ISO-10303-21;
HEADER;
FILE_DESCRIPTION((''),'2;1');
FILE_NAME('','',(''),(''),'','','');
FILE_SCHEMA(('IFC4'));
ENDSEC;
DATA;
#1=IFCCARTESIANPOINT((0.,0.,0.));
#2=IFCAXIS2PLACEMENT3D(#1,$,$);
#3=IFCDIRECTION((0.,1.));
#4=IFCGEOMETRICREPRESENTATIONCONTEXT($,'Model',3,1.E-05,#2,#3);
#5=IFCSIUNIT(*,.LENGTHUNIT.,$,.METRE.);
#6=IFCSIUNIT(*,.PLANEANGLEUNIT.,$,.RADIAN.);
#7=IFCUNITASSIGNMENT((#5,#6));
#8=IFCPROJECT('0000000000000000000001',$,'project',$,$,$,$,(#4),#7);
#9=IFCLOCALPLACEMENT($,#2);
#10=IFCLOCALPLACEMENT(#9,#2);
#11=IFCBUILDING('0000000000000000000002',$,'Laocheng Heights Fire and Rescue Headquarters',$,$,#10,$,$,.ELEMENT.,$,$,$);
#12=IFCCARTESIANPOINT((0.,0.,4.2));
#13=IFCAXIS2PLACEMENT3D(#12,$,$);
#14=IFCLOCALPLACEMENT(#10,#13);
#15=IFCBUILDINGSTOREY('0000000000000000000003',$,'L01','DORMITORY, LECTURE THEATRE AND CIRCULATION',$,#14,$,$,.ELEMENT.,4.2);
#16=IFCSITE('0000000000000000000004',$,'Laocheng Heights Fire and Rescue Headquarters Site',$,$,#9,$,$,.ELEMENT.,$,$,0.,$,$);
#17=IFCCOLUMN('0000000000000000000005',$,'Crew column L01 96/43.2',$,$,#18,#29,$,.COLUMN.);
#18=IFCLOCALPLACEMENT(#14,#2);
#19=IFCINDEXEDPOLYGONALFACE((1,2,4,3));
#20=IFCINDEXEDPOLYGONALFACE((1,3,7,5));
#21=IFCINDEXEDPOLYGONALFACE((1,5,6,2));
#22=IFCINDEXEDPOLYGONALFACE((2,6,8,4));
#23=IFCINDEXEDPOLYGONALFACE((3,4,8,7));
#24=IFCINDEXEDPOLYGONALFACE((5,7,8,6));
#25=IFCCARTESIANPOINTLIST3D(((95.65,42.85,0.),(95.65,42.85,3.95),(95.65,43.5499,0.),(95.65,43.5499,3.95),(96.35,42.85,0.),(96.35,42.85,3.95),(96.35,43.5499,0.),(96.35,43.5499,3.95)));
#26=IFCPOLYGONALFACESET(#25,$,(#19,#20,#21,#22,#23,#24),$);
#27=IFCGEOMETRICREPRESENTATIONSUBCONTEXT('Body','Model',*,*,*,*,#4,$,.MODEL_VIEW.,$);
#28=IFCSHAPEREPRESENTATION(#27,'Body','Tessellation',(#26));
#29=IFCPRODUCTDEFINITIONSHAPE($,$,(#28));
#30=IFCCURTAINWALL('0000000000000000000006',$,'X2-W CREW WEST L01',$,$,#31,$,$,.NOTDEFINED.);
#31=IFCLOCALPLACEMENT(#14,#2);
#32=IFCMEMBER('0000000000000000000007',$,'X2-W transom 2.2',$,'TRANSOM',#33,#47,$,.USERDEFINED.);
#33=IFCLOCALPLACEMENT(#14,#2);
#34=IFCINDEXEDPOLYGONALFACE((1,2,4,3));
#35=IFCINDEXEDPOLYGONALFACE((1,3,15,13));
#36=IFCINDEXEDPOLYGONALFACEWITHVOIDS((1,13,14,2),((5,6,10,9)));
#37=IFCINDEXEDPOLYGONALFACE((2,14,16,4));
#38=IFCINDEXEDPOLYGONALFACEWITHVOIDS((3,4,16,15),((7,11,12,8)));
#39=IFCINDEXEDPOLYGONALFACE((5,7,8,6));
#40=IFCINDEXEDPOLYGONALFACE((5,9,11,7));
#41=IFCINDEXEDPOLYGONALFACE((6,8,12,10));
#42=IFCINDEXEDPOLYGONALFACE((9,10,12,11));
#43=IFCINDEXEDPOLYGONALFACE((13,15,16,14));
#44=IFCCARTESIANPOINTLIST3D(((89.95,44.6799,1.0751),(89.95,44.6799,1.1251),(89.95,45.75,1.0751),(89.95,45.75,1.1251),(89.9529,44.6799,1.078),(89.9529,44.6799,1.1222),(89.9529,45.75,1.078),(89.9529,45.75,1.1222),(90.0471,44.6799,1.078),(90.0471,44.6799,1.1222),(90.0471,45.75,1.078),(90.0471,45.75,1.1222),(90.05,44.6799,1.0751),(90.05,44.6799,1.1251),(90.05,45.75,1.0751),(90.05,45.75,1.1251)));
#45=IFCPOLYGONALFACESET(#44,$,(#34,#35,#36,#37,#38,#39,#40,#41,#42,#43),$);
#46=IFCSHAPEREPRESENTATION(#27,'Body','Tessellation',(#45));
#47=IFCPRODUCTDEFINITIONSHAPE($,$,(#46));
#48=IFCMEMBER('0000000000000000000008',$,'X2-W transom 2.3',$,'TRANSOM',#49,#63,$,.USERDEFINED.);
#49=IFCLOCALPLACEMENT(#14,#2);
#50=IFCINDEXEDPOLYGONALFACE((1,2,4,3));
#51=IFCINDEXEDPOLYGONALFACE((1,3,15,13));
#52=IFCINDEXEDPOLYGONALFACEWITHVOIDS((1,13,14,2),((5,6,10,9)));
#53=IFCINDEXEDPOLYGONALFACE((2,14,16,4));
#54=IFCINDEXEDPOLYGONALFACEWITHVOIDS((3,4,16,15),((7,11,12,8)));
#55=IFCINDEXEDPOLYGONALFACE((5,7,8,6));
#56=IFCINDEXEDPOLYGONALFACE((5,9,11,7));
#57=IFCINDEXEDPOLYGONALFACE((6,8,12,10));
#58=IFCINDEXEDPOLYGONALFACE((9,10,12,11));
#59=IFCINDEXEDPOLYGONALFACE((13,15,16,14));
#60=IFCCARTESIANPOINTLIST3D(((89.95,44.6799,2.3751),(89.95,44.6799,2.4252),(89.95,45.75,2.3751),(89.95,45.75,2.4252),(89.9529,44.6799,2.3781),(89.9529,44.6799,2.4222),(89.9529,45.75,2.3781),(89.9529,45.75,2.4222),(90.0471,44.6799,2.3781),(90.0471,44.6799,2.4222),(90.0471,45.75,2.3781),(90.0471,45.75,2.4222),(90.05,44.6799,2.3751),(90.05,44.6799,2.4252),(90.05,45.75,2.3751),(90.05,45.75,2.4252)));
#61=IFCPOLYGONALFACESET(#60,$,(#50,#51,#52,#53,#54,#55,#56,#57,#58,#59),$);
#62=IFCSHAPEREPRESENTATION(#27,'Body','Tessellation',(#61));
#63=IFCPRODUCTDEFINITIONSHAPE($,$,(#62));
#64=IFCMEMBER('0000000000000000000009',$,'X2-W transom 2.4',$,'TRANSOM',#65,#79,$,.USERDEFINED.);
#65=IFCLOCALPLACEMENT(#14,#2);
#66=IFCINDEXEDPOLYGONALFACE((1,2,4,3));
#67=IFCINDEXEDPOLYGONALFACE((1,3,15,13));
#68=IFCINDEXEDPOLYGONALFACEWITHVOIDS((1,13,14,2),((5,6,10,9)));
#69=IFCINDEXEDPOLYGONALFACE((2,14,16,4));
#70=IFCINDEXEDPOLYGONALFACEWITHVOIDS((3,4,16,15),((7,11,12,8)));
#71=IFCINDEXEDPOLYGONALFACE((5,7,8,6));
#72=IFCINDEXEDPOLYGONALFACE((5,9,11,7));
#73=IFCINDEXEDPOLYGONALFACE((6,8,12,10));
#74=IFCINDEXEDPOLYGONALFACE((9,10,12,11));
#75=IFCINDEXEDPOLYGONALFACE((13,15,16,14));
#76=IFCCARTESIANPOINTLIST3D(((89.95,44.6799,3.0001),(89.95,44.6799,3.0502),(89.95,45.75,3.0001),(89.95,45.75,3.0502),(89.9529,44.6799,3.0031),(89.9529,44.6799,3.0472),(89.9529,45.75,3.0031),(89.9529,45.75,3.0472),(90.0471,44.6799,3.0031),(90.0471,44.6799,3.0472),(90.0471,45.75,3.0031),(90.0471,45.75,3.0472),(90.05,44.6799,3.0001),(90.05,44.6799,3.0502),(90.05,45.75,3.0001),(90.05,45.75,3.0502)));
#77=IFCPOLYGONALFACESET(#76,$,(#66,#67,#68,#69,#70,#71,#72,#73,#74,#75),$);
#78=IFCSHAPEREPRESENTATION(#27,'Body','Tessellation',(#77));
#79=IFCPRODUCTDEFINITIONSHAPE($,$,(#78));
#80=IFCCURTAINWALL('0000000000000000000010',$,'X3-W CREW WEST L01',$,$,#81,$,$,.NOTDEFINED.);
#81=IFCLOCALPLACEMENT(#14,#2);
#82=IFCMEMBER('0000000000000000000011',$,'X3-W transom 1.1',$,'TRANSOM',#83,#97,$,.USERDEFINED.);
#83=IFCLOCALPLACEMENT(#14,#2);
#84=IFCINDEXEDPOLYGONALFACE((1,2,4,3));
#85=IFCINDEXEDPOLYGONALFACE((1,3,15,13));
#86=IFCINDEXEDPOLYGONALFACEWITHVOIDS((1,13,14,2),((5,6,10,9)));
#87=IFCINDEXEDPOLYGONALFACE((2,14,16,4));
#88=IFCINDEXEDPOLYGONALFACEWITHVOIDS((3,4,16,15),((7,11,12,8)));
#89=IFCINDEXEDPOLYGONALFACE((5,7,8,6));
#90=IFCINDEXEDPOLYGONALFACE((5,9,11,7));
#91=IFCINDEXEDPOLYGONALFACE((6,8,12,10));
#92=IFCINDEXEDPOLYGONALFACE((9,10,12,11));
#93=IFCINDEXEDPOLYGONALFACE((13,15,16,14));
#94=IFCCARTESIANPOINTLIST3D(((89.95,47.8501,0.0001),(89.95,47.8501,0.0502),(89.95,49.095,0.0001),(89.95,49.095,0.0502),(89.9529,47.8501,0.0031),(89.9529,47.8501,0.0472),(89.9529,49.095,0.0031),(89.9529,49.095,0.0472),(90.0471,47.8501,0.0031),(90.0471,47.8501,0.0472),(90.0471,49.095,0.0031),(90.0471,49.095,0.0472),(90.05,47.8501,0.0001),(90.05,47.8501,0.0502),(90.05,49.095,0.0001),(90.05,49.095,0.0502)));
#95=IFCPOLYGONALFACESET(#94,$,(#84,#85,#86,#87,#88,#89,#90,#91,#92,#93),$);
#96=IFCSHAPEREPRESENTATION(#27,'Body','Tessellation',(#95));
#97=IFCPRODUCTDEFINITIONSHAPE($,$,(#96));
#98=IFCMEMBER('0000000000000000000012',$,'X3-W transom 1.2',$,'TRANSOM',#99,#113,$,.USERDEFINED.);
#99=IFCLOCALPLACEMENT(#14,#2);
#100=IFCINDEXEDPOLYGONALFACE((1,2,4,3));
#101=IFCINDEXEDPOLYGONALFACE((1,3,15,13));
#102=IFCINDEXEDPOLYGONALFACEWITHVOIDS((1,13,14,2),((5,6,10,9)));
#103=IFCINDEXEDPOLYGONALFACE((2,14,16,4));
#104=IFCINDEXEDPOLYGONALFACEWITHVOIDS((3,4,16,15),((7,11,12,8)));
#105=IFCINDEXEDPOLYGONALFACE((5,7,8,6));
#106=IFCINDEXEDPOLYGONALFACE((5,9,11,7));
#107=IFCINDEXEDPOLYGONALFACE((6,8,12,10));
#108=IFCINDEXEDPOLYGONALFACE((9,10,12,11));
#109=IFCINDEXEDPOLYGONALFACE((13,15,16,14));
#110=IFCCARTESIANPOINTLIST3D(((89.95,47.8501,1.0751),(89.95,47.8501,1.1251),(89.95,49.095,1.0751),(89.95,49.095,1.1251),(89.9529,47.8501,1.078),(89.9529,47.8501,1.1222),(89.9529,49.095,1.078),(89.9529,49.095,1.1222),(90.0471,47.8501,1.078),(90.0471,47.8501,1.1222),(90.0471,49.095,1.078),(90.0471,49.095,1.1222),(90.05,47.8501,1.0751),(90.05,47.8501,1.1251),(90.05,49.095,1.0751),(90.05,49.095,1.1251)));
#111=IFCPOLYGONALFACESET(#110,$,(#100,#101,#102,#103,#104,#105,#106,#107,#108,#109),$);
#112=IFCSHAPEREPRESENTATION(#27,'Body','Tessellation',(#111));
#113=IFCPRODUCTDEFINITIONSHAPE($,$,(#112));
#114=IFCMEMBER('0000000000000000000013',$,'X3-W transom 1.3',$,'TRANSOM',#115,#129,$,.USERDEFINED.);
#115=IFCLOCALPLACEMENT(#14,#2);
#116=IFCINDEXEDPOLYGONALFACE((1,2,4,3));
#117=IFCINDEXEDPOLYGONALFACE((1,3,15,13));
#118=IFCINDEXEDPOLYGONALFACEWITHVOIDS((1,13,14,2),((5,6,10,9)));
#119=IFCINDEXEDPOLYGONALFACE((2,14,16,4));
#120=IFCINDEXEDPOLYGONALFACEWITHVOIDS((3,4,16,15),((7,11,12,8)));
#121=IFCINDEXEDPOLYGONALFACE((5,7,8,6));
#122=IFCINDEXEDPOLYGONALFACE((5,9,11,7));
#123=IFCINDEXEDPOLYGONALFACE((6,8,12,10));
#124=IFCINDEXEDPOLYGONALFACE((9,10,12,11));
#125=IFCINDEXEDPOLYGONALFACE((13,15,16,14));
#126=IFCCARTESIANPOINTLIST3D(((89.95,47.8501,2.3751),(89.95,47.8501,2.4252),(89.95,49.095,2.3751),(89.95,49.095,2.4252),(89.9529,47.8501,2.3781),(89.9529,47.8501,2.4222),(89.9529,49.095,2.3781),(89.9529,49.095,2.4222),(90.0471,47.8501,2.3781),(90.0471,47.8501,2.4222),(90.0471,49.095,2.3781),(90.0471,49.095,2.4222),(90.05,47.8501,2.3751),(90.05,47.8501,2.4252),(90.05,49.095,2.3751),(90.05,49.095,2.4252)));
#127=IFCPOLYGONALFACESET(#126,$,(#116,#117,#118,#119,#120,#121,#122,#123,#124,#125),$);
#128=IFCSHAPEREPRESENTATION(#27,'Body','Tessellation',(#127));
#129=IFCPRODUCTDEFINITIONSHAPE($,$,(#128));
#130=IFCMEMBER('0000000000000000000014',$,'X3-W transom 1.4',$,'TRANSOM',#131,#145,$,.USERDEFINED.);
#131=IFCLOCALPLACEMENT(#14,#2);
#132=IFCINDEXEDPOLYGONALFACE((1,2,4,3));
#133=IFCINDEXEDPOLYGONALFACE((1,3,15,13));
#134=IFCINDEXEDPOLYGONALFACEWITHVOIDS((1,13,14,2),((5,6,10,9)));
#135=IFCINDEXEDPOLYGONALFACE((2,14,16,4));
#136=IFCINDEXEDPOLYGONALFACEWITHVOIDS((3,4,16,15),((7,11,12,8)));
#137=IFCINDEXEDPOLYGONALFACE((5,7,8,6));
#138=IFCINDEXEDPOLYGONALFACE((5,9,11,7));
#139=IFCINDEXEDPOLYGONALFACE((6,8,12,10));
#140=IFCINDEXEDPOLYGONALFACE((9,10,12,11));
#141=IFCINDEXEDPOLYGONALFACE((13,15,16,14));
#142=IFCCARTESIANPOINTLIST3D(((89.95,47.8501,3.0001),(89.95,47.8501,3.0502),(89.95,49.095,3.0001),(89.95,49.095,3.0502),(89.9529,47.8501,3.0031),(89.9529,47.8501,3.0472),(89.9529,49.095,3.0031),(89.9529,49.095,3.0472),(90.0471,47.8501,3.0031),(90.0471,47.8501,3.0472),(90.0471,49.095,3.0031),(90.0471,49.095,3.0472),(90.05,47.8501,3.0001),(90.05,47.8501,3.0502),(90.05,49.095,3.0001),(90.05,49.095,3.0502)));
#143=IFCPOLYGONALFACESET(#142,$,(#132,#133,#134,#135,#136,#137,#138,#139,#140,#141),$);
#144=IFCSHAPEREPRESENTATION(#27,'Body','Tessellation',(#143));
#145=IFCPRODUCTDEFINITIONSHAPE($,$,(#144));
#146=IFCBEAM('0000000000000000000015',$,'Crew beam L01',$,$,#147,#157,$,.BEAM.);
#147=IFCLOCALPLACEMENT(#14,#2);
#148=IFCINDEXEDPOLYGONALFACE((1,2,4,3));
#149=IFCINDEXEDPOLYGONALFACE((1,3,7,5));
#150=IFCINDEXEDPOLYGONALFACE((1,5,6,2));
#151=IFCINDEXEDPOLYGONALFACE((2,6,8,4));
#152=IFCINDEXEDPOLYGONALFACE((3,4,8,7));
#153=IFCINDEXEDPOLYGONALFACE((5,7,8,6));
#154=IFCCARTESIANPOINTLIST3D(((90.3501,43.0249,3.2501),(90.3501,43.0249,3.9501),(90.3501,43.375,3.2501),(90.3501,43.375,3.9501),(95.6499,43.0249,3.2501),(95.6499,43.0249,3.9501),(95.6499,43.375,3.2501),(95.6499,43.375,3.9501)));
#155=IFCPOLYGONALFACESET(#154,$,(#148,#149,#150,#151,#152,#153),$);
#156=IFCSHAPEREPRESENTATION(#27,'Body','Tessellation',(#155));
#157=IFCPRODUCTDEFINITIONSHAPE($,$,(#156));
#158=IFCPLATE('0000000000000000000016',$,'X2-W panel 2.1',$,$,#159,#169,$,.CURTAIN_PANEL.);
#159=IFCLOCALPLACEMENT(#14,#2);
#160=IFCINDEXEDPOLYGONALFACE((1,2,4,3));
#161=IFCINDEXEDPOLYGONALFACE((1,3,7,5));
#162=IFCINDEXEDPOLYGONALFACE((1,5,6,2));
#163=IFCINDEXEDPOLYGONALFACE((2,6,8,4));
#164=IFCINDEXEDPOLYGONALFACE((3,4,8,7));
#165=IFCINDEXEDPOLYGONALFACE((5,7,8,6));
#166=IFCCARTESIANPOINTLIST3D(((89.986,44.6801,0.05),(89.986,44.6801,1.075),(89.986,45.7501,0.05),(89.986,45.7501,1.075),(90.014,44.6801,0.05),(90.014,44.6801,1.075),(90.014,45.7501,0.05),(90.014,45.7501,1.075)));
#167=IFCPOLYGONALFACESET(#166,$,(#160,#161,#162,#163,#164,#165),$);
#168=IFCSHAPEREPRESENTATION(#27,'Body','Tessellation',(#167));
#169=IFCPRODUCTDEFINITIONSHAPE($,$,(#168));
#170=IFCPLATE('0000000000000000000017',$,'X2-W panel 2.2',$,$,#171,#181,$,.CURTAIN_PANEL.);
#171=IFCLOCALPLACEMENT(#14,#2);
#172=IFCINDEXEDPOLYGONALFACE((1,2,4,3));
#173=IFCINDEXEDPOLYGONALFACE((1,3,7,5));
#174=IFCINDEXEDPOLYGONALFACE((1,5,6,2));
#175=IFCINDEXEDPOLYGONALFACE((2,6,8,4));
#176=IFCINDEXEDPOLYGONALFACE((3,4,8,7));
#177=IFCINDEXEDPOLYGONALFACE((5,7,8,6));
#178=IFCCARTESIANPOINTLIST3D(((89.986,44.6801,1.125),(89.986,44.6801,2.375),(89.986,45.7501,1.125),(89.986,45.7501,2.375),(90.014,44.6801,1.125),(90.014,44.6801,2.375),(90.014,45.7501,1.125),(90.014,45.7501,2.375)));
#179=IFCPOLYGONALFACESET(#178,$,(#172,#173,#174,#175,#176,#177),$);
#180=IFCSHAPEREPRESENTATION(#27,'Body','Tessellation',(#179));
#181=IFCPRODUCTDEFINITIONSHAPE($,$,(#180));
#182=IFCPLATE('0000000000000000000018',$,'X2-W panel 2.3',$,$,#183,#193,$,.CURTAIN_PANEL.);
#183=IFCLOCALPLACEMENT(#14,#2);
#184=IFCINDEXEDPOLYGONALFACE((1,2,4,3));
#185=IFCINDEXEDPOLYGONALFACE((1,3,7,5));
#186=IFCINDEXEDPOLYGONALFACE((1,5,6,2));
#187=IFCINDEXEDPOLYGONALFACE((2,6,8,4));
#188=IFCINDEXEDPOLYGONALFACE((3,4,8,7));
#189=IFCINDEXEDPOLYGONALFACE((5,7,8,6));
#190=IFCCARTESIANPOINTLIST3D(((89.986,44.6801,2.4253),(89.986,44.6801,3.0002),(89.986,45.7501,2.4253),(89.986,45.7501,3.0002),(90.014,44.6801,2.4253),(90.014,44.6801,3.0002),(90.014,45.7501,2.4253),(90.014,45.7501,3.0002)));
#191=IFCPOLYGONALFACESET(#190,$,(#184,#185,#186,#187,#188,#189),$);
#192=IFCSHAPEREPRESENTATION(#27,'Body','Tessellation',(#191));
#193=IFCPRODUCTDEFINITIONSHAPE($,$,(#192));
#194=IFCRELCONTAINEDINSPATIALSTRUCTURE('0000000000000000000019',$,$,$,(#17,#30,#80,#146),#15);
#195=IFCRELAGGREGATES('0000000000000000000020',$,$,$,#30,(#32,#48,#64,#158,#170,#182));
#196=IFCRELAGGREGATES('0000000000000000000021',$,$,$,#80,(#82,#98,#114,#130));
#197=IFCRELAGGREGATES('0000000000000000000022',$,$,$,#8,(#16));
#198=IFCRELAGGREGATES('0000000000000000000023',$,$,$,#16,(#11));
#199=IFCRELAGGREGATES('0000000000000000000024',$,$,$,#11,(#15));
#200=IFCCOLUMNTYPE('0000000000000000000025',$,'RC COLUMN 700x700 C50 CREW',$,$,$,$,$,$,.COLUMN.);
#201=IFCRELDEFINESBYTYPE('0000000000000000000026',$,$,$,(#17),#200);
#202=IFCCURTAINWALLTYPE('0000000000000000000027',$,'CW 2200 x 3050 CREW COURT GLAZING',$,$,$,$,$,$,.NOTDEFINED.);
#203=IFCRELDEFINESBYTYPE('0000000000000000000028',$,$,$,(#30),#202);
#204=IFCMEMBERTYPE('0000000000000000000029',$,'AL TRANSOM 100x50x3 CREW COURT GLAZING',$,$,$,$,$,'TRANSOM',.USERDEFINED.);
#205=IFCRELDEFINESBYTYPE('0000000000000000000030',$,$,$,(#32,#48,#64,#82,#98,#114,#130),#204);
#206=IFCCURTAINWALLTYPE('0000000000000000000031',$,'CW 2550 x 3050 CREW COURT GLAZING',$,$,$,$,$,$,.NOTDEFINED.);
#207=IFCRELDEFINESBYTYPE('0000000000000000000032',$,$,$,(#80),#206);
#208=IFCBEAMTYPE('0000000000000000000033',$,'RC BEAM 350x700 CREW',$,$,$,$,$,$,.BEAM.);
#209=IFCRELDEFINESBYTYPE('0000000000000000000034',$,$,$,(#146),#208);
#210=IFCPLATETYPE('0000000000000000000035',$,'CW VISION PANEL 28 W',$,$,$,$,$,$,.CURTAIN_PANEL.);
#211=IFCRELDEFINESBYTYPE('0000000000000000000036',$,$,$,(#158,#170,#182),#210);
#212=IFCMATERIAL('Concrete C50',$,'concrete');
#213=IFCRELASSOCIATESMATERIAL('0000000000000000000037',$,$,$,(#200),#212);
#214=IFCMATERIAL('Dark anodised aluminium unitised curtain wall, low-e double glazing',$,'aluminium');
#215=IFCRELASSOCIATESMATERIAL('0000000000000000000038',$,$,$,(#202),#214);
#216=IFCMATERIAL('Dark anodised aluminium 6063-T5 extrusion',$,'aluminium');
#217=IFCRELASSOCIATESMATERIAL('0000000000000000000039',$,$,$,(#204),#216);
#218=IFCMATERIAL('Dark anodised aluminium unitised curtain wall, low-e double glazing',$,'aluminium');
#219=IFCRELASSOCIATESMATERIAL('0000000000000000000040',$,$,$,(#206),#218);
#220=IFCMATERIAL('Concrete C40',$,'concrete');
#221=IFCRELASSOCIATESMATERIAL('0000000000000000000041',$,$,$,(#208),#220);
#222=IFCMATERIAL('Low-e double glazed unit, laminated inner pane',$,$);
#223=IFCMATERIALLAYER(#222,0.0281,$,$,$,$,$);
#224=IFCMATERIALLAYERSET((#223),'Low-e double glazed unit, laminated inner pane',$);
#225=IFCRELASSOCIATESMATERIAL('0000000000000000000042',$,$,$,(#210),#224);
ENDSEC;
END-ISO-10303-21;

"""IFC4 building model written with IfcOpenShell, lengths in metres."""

from ifc_helpers import new_model, si_unit, direction, frame, origin, origin_2d, place, context, subcontext, project, spatial, rectangle, hollow_rectangle, extrude, material, layer, layer_set, material_profile, profile_set, type_object, element, aggregate, save


model = new_model("IFC4")

# Units and contexts
model_context = context("Model", 3, precision=1e-05, world=origin(), true_north=direction((0.0, 1.0)))
body_context = subcontext(model_context, "Body", "Model", "MODEL_VIEW")
ifc_project = project(units=[si_unit("LENGTHUNIT", "METRE"), si_unit("PLANEANGLEUNIT", "RADIAN")], contexts=[model_context])

# Site, building, storey
site_placement = place(None, origin())
site = spatial("IfcSite", under=ifc_project, at=site_placement, Name="Laocheng Heights Fire and Rescue Headquarters Site", CompositionType="ELEMENT", RefElevation=0.0)
building_placement = place(site_placement, origin())
building = spatial("IfcBuilding", under=site, at=building_placement, Name="Laocheng Heights Fire and Rescue Headquarters", CompositionType="ELEMENT")
storey_placement = place(building_placement, frame((0.0, 0.0, 4.2)))
storey = spatial("IfcBuildingStorey", under=building, at=storey_placement, Name="L01", Description="DORMITORY, LECTURE THEATRE AND CIRCULATION", CompositionType="ELEMENT", Elevation=4.2)

# Column
ifc_material_1 = material(Name="Concrete C50", Category="concrete")
ifc_material_profile_1 = material_profile(ifc_material_1, rectangle(XDim=0.7, YDim=0.7, at=origin_2d()), Name="RC COLUMN 700x700 C50 CREW")
ifc_profile_set_1 = profile_set([ifc_material_profile_1], Name="Concrete C50")
column_type = type_object("IfcColumnType", Name="RC COLUMN 700x700 C50 CREW", PredefinedType="COLUMN", material=ifc_profile_set_1)
column_placement = place(storey_placement, frame((96.0, 43.2, 0.0), z_axis=(0.0, 0.0, 1.0), x_axis=(1.0, 0.0, 0.0)))
element("IfcColumn", 1, at=column_placement, inside=storey, type_object=column_type, Name="Crew column L01 96/43.2", PredefinedType="COLUMN", context=body_context, shape_type="SweptSolid", body=[
    extrude(rectangle(XDim=0.7, YDim=0.7, at=origin_2d()), origin(), (0.0, 0.0, 1.0), 3.95),
])

# Curtain walls, members
ifc_material_2 = material(Name="Dark anodised aluminium unitised curtain wall, low-e double glazing", Category="aluminium")
curtain_wall_type_1 = type_object("IfcCurtainWallType", Name="CW 2200 x 3050 CREW COURT GLAZING", PredefinedType="NOTDEFINED", material=ifc_material_2)
curtain_wall_1_placement = place(storey_placement, origin())
curtain_wall_1 = element("IfcCurtainWall", 2, at=curtain_wall_1_placement, inside=storey, type_object=curtain_wall_type_1, Name="X2-W CREW WEST L01", PredefinedType="NOTDEFINED")
ifc_material_3 = material(Name="Dark anodised aluminium 6063-T5 extrusion", Category="aluminium")
ifc_material_profile_2 = material_profile(ifc_material_3, hollow_rectangle(XDim=0.1001, YDim=0.05, WallThickness=0.0029, at=origin_2d()), Name="AL TRANSOM 100x50x3 CREW COURT GLAZING")
ifc_profile_set_2 = profile_set([ifc_material_profile_2], Name="Dark anodised aluminium 6063-T5 extrusion")
member_type = type_object("IfcMemberType", Name="AL TRANSOM 100x50x3 CREW COURT GLAZING", ElementType="TRANSOM", PredefinedType="USERDEFINED", material=ifc_profile_set_2)
member_1_placement = place(storey_placement, frame((90.0, 44.6799, 1.1001), z_axis=(0.0, 1.0, 0.0), x_axis=(-1.0, 0.0, 0.0)))
member_1 = element("IfcMember", 3, at=member_1_placement, type_object=member_type, Name="X2-W transom 2.2", ObjectType="TRANSOM", PredefinedType="USERDEFINED", context=body_context, shape_type="SweptSolid", body=[
    extrude(hollow_rectangle(XDim=0.1001, YDim=0.05, WallThickness=0.0029, at=origin_2d()), origin(), (0.0, 0.0, 1.0), 1.0701),
])
member_2_placement = place(storey_placement, frame((90.0, 44.6799, 2.4001), z_axis=(0.0, 1.0, 0.0), x_axis=(-1.0, 0.0, 0.0)))
member_2 = element("IfcMember", 4, at=member_2_placement, type_object=member_type, Name="X2-W transom 2.3", ObjectType="TRANSOM", PredefinedType="USERDEFINED", context=body_context, shape_type="SweptSolid", body=[
    extrude(hollow_rectangle(XDim=0.1001, YDim=0.05, WallThickness=0.0029, at=origin_2d()), origin(), (0.0, 0.0, 1.0), 1.0701),
])
member_3_placement = place(storey_placement, frame((90.0, 44.6799, 3.0251), z_axis=(0.0, 1.0, 0.0), x_axis=(-1.0, 0.0, 0.0)))
member_3 = element("IfcMember", 5, at=member_3_placement, type_object=member_type, Name="X2-W transom 2.4", ObjectType="TRANSOM", PredefinedType="USERDEFINED", context=body_context, shape_type="SweptSolid", body=[
    extrude(hollow_rectangle(XDim=0.1001, YDim=0.05, WallThickness=0.0029, at=origin_2d()), origin(), (0.0, 0.0, 1.0), 1.0701),
])
ifc_material_4 = material(Name="Dark anodised aluminium unitised curtain wall, low-e double glazing", Category="aluminium")
curtain_wall_type_2 = type_object("IfcCurtainWallType", Name="CW 2550 x 3050 CREW COURT GLAZING", PredefinedType="NOTDEFINED", material=ifc_material_4)
curtain_wall_2_placement = place(storey_placement, origin())
curtain_wall_2 = element("IfcCurtainWall", 6, at=curtain_wall_2_placement, inside=storey, type_object=curtain_wall_type_2, Name="X3-W CREW WEST L01", PredefinedType="NOTDEFINED")
member_4_placement = place(storey_placement, frame((90.0, 47.8501, 0.0251), z_axis=(0.0, 1.0, 0.0), x_axis=(-1.0, 0.0, 0.0)))
member_4 = element("IfcMember", 7, at=member_4_placement, type_object=member_type, Name="X3-W transom 1.1", ObjectType="TRANSOM", PredefinedType="USERDEFINED", context=body_context, shape_type="SweptSolid", body=[
    extrude(hollow_rectangle(XDim=0.1001, YDim=0.05, WallThickness=0.0029, at=origin_2d()), origin(), (0.0, 0.0, 1.0), 1.2449),
])
member_5_placement = place(storey_placement, frame((90.0, 47.8501, 1.1001), z_axis=(0.0, 1.0, 0.0), x_axis=(-1.0, 0.0, 0.0)))
member_5 = element("IfcMember", 8, at=member_5_placement, type_object=member_type, Name="X3-W transom 1.2", ObjectType="TRANSOM", PredefinedType="USERDEFINED", context=body_context, shape_type="SweptSolid", body=[
    extrude(hollow_rectangle(XDim=0.1001, YDim=0.05, WallThickness=0.0029, at=origin_2d()), origin(), (0.0, 0.0, 1.0), 1.2449),
])
member_6_placement = place(storey_placement, frame((90.0, 47.8501, 2.4001), z_axis=(0.0, 1.0, 0.0), x_axis=(-1.0, 0.0, 0.0)))
member_6 = element("IfcMember", 9, at=member_6_placement, type_object=member_type, Name="X3-W transom 1.3", ObjectType="TRANSOM", PredefinedType="USERDEFINED", context=body_context, shape_type="SweptSolid", body=[
    extrude(hollow_rectangle(XDim=0.1001, YDim=0.05, WallThickness=0.0029, at=origin_2d()), origin(), (0.0, 0.0, 1.0), 1.2449),
])
member_7_placement = place(storey_placement, frame((90.0, 47.8501, 3.0251), z_axis=(0.0, 1.0, 0.0), x_axis=(-1.0, 0.0, 0.0)))
member_7 = element("IfcMember", 10, at=member_7_placement, type_object=member_type, Name="X3-W transom 1.4", ObjectType="TRANSOM", PredefinedType="USERDEFINED", context=body_context, shape_type="SweptSolid", body=[
    extrude(hollow_rectangle(XDim=0.1001, YDim=0.05, WallThickness=0.0029, at=origin_2d()), origin(), (0.0, 0.0, 1.0), 1.2449),
])

# Beam
ifc_material_5 = material(Name="Concrete C40", Category="concrete")
ifc_material_profile_3 = material_profile(ifc_material_5, rectangle(XDim=0.3501, YDim=0.7, at=origin_2d()), Name="RC BEAM 350x700 CREW")
ifc_profile_set_3 = profile_set([ifc_material_profile_3], Name="Concrete C40")
beam_type = type_object("IfcBeamType", Name="RC BEAM 350x700 CREW", PredefinedType="BEAM", material=ifc_profile_set_3)
beam_placement = place(storey_placement, frame((90.3501, 43.2, 3.6001), z_axis=(1.0, 0.0, 0.0), x_axis=(0.0, 1.0, 0.0)))
element("IfcBeam", 11, at=beam_placement, inside=storey, type_object=beam_type, Name="Crew beam L01", PredefinedType="BEAM", context=body_context, shape_type="SweptSolid", body=[
    extrude(rectangle(XDim=0.3501, YDim=0.7, at=origin_2d()), origin(), (0.0, 0.0, 1.0), 5.2998),
])

# Plates
ifc_material_6 = material(Name="Low-e double glazed unit, laminated inner pane")
ifc_layer_1 = layer(ifc_material_6, 0.0281)
ifc_layer_set_1 = layer_set([ifc_layer_1], Name="Low-e double glazed unit, laminated inner pane")
plate_type = type_object("IfcPlateType", Name="CW VISION PANEL 28 W", PredefinedType="CURTAIN_PANEL", material=ifc_layer_set_1)
plate_1_placement = place(storey_placement, frame((90.0, 45.2151, 0.05), z_axis=(0.0, 0.0, 1.0), x_axis=(0.0, 1.0, 0.0)))
plate_1 = element("IfcPlate", 12, at=plate_1_placement, type_object=plate_type, Name="X2-W panel 2.1", PredefinedType="CURTAIN_PANEL", context=body_context, shape_type="SweptSolid", body=[
    extrude(rectangle(XDim=1.0701, YDim=0.0281, at=origin_2d()), origin(), (0.0, 0.0, 1.0), 1.0249),
])
plate_2_placement = place(storey_placement, frame((90.0, 45.2151, 1.125), z_axis=(0.0, 0.0, 1.0), x_axis=(0.0, 1.0, 0.0)))
plate_2 = element("IfcPlate", 13, at=plate_2_placement, type_object=plate_type, Name="X2-W panel 2.2", PredefinedType="CURTAIN_PANEL", context=body_context, shape_type="SweptSolid", body=[
    extrude(rectangle(XDim=1.0701, YDim=0.0281, at=origin_2d()), origin(), (0.0, 0.0, 1.0), 1.25),
])
plate_3_placement = place(storey_placement, frame((90.0, 45.2151, 2.4253), z_axis=(0.0, 0.0, 1.0), x_axis=(0.0, 1.0, 0.0)))
plate_3 = element("IfcPlate", 14, at=plate_3_placement, type_object=plate_type, Name="X2-W panel 2.3", PredefinedType="CURTAIN_PANEL", context=body_context, shape_type="SweptSolid", body=[
    extrude(rectangle(XDim=1.0701, YDim=0.0281, at=origin_2d()), origin(), (0.0, 0.0, 1.0), 0.575),
])
aggregate(curtain_wall_1, [member_1, member_2, member_3, plate_1, plate_2, plate_3])
aggregate(curtain_wall_2, [member_4, member_5, member_6, member_7])

save(model, "model.ifc")
